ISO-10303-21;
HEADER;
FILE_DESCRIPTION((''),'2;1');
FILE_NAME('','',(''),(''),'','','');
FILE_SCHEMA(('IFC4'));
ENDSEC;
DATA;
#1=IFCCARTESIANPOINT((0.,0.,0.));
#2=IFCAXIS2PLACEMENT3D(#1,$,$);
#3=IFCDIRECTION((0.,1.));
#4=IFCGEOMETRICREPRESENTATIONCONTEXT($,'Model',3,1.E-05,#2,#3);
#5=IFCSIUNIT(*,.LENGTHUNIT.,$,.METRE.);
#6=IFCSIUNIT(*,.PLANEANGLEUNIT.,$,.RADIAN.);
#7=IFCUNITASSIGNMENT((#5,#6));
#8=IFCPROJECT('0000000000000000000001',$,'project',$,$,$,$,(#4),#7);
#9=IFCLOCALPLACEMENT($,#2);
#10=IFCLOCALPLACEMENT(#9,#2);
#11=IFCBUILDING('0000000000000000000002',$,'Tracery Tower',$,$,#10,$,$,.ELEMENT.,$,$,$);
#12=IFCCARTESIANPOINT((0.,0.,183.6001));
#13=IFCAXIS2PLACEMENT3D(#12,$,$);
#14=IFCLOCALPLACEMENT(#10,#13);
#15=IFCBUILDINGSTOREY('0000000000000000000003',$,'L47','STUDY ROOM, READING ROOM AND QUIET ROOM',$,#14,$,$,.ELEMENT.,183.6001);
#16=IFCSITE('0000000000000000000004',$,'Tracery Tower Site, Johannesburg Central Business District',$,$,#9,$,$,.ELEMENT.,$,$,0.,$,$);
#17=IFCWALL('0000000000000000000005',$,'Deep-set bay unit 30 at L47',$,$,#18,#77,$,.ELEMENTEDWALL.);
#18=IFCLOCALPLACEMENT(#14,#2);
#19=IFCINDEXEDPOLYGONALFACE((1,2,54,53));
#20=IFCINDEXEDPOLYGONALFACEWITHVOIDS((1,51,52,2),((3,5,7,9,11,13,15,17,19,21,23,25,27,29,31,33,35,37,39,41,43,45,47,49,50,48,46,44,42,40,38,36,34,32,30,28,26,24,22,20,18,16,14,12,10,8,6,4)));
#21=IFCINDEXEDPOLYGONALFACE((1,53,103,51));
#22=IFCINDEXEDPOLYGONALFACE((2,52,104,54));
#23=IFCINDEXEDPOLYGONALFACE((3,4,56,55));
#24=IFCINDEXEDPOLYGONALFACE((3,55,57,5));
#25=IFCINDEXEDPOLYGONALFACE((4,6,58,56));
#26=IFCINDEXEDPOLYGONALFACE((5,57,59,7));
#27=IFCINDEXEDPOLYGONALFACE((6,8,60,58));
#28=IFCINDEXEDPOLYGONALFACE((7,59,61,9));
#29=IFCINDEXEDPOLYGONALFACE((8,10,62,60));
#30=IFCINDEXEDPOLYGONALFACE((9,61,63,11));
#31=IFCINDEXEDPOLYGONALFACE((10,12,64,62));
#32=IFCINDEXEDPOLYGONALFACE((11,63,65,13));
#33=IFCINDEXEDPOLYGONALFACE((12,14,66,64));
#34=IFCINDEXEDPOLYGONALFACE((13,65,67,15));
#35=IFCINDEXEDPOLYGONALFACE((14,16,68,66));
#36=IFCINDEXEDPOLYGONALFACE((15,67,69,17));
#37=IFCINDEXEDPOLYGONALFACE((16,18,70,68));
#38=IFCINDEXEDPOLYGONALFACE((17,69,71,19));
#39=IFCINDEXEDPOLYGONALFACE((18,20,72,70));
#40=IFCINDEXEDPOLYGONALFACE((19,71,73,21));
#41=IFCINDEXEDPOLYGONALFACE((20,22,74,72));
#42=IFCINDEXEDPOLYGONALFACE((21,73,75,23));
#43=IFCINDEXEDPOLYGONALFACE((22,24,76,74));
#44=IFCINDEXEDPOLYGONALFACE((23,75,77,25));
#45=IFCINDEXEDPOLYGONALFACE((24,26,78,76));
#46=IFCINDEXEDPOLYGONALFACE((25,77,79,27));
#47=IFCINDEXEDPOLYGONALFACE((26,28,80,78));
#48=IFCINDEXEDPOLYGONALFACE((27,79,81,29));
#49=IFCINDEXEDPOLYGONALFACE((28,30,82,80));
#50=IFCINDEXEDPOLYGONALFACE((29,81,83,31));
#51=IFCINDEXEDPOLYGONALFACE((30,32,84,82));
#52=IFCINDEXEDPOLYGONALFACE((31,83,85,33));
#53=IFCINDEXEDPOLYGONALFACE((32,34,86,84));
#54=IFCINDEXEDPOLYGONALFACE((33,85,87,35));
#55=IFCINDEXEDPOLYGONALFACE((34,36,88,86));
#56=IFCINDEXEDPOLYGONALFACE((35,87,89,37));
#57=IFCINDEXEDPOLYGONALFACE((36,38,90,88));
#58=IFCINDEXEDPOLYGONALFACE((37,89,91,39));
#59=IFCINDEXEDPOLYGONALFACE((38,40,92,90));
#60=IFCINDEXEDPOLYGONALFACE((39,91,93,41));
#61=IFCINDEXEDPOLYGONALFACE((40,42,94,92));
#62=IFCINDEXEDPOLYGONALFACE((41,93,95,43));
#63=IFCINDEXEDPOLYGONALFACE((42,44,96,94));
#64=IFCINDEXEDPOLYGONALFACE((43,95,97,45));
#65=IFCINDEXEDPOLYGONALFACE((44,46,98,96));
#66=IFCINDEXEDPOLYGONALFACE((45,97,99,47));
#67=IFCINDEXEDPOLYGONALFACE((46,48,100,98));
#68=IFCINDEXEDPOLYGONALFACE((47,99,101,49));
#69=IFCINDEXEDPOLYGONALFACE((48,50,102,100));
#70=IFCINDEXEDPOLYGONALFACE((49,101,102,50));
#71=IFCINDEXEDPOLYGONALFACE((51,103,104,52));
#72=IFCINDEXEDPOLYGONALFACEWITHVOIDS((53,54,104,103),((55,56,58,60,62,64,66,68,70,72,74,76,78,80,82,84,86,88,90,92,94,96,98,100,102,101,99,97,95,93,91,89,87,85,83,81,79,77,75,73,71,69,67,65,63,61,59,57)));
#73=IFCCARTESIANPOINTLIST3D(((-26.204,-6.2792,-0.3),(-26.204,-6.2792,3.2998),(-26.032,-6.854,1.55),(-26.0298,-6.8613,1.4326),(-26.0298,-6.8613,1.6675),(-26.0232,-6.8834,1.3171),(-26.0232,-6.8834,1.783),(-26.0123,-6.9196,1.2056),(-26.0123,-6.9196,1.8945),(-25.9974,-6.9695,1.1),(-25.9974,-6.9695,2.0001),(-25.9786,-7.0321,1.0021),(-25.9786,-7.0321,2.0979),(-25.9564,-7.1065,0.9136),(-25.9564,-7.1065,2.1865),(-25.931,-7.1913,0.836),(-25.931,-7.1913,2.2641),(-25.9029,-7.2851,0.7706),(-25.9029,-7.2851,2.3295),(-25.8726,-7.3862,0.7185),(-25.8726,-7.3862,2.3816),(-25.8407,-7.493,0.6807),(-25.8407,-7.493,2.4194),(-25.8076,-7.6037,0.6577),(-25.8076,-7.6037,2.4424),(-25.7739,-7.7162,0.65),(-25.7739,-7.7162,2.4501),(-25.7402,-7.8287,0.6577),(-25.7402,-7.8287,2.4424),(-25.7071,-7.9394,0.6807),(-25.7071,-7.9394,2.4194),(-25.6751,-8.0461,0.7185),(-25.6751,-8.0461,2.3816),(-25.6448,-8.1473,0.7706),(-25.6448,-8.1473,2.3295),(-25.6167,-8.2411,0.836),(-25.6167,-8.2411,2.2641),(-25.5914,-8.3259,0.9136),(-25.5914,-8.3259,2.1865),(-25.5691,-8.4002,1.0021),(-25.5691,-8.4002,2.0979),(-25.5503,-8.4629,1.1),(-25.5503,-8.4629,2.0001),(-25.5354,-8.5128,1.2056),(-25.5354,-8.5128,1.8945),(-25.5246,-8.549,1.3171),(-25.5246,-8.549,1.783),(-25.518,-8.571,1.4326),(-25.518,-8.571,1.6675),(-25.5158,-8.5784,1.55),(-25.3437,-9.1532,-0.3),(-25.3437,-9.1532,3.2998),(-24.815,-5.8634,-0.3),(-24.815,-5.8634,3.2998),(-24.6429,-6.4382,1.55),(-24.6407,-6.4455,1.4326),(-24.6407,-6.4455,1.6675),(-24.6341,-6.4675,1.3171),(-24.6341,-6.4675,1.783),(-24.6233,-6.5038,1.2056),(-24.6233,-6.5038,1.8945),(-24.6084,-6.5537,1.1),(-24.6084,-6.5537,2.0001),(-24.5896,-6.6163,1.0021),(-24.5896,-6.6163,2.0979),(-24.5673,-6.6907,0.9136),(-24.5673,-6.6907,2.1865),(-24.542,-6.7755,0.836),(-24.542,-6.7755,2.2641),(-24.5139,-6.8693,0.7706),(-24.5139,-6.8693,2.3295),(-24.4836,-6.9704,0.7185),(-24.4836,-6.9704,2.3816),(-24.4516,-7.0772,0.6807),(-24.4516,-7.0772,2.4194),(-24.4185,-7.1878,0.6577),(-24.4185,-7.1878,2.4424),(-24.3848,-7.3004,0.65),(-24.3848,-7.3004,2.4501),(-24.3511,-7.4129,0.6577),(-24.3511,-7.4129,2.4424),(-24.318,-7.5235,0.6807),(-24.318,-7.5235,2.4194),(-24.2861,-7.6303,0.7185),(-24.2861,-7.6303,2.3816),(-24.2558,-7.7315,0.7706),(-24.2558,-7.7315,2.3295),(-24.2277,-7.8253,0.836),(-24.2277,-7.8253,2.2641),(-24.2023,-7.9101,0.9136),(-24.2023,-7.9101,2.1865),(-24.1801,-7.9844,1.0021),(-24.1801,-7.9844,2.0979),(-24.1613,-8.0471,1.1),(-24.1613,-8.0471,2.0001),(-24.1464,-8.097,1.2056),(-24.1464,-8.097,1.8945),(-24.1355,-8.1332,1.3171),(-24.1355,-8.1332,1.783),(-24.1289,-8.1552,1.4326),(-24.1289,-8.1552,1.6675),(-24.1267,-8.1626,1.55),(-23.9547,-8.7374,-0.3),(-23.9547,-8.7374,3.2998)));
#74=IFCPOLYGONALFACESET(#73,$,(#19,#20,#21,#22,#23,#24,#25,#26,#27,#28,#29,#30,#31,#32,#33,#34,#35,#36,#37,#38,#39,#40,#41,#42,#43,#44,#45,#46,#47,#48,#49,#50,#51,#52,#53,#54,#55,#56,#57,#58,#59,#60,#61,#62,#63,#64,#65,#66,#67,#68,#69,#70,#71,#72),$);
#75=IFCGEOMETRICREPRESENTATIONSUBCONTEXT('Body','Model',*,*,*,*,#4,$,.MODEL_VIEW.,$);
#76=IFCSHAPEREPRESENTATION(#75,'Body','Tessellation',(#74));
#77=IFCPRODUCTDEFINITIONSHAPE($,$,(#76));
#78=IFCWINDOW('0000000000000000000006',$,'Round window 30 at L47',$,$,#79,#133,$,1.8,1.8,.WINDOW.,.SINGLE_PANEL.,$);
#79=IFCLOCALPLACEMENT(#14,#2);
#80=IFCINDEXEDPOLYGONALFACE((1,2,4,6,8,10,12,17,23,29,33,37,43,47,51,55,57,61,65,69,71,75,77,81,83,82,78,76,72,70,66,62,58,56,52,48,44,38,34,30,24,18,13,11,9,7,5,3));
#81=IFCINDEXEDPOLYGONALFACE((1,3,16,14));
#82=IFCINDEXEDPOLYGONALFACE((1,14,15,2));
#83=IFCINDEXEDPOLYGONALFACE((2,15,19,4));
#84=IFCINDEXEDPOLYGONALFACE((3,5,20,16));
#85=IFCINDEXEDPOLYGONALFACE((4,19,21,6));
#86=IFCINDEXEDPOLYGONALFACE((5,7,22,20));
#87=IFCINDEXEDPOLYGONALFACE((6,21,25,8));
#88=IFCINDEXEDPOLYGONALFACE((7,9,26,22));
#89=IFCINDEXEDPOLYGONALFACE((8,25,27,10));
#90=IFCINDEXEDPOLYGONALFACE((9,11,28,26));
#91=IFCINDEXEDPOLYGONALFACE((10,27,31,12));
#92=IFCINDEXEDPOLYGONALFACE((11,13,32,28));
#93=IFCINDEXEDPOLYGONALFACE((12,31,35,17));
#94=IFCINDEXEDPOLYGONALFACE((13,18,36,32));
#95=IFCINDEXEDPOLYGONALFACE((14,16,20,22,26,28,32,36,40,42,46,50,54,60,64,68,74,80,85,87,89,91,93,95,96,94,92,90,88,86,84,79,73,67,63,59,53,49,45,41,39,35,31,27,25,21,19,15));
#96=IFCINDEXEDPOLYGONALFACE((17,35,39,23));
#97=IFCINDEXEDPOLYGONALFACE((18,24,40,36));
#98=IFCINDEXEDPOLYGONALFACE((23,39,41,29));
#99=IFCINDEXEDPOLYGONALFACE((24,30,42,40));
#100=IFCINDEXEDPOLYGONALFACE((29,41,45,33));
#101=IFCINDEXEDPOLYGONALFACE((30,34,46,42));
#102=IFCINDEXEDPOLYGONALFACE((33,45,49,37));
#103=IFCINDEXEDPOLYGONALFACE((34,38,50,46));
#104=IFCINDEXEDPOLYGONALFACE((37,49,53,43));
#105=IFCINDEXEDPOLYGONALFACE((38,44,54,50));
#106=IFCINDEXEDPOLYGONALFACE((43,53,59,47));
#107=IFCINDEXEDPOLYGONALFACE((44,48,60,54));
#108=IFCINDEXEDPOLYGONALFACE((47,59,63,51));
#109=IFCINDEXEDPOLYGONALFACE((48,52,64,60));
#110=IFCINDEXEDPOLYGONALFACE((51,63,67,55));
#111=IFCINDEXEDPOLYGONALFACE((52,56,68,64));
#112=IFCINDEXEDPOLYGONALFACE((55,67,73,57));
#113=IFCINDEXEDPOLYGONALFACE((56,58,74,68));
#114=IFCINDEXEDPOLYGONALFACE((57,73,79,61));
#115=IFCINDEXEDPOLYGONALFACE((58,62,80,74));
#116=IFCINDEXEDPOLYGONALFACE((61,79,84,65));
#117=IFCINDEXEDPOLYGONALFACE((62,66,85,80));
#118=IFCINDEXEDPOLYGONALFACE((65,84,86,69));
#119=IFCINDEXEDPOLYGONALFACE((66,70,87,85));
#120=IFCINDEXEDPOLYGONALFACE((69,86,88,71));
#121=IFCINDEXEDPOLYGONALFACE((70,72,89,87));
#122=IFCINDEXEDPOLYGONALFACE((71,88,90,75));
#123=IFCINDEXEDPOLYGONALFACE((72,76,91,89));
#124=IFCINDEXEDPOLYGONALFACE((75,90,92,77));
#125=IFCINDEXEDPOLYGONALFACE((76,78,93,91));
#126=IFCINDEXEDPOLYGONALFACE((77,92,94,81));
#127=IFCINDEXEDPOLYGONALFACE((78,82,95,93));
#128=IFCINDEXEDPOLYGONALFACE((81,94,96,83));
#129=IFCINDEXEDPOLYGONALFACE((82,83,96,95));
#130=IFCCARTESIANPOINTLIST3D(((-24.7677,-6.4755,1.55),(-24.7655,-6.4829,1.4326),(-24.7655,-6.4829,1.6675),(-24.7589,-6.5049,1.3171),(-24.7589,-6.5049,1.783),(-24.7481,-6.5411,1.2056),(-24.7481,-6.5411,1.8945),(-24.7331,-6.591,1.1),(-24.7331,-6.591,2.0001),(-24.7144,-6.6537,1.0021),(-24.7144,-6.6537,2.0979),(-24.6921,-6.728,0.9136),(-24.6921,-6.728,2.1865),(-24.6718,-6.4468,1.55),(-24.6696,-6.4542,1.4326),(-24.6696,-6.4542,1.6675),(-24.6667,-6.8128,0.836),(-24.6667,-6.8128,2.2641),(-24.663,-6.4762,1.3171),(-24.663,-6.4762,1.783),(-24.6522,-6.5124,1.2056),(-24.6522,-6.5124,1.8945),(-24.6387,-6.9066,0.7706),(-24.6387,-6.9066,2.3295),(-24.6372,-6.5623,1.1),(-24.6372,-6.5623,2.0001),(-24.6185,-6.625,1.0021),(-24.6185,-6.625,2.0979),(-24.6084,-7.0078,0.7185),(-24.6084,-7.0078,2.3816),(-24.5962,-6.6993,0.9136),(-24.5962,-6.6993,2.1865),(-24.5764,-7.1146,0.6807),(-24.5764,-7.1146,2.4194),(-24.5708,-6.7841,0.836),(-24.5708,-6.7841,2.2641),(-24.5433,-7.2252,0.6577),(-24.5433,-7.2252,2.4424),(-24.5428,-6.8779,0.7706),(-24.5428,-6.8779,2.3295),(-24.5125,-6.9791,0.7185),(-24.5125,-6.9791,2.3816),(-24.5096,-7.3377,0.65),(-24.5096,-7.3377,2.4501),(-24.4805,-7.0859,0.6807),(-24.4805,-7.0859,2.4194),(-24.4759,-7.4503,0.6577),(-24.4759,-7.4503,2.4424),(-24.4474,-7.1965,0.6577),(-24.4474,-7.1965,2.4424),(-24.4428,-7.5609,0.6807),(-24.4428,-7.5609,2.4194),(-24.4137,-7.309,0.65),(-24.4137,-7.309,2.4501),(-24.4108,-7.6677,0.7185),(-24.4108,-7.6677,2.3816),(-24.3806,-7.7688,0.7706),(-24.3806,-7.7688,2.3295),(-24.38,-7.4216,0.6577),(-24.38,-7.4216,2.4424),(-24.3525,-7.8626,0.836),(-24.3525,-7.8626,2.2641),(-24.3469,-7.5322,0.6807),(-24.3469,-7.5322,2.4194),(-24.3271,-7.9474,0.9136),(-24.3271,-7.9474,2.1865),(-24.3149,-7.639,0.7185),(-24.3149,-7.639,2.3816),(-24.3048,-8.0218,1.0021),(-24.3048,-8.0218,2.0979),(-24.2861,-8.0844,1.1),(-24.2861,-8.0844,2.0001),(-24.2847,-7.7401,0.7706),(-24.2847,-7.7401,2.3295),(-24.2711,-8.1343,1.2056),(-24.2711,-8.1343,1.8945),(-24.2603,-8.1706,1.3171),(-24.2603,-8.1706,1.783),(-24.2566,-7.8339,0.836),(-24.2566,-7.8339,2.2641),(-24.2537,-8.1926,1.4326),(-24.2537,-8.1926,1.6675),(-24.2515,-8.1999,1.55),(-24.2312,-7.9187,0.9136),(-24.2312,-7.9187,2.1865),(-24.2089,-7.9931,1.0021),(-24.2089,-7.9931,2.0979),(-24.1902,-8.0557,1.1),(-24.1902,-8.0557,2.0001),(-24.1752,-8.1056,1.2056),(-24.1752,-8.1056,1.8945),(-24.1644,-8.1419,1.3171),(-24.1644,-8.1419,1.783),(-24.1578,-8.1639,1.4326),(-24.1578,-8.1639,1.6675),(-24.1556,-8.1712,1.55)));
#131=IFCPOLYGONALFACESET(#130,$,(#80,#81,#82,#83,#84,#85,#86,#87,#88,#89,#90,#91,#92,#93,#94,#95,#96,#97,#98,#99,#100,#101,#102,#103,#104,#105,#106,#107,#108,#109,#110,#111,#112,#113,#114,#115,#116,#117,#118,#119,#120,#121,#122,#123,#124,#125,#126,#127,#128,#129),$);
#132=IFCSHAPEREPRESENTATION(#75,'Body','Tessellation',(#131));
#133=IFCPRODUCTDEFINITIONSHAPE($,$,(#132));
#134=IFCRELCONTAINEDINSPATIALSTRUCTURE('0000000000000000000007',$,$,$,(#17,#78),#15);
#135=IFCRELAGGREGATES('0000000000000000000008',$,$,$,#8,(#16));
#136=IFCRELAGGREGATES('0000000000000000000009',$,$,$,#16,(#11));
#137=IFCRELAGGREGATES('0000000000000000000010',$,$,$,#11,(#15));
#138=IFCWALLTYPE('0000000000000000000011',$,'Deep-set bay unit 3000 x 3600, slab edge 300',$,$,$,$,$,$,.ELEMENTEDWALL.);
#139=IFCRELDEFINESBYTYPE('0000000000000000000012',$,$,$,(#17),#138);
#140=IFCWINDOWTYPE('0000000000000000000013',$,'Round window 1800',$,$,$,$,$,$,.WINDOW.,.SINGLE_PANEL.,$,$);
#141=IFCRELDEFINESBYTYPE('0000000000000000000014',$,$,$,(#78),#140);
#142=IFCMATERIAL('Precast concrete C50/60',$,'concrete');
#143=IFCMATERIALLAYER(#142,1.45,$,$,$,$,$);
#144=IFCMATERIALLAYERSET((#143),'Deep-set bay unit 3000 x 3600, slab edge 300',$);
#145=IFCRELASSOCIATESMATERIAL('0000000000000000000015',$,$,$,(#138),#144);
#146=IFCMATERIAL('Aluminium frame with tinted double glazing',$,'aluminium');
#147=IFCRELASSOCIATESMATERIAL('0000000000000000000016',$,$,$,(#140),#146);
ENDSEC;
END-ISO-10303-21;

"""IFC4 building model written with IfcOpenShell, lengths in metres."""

from ifc_helpers import new_model, si_unit, direction, frame, frame_2d, origin, origin_2d, place, context, subcontext, project, spatial, rectangle, circle, extrude, material, layer, layer_set, type_object, element, fill, save


model = new_model("IFC4")

# Units and contexts
model_context = context("Model", 3, precision=1e-05, world=origin(), true_north=direction((0.0, 1.0)))
body_context = subcontext(model_context, "Body", "Model", "MODEL_VIEW")
ifc_project = project(units=[si_unit("LENGTHUNIT", "METRE"), si_unit("PLANEANGLEUNIT", "RADIAN")], contexts=[model_context])

# Site, building, storey
site_placement = place(None, origin())
site = spatial("IfcSite", under=ifc_project, at=site_placement, Name="Tracery Tower Site, Johannesburg Central Business District", CompositionType="ELEMENT", RefElevation=0.0)
building_placement = place(site_placement, origin())
building = spatial("IfcBuilding", under=site, at=building_placement, Name="Tracery Tower", CompositionType="ELEMENT")
storey_placement = place(building_placement, frame((0.0, 0.0, 183.6001)))
storey = spatial("IfcBuildingStorey", under=building, at=storey_placement, Name="L47", Description="STUDY ROOM, READING ROOM AND QUIET ROOM", CompositionType="ELEMENT", Elevation=183.6001)

# Wall, opening, window
ifc_material_1 = material(Name="Precast concrete C50/60", Category="concrete")
ifc_layer_1 = layer(ifc_material_1, 1.45)
ifc_layer_set_1 = layer_set([ifc_layer_1], Name="Deep-set bay unit 3000 x 3600, slab edge 300")
wall_type_1 = type_object("IfcWallType", Name="Deep-set bay unit 3000 x 3600, slab edge 300", PredefinedType="ELEMENTEDWALL", material=ifc_layer_set_1)
wall_1_placement = place(storey_placement, frame((-25.5095, -6.0713, -0.3), z_axis=(0.0, 0.0, 1.0), x_axis=(0.28678, -0.957996, 0.0)))
wall_1 = element("IfcWall", 1, at=wall_1_placement, inside=storey, type_object=wall_type_1, Name="Deep-set bay unit 30 at L47", PredefinedType="ELEMENTEDWALL", context=body_context, shape_type="SweptSolid", body=[
    extrude(rectangle(XDim=3.0, YDim=1.45, at=frame_2d((1.5, 0.0))), origin(), (0.0, 0.0, 1.0), 3.5999),
])
opening_1_placement = place(wall_1_placement, frame((1.5, 0.0, 1.8501)))
opening_1 = element("IfcOpeningElement", 2, at=opening_1_placement, cuts=wall_1, PredefinedType="OPENING", context=body_context, shape_type="SweptSolid", body=[
    extrude(circle(Radius=0.9, at=origin_2d()), frame((0.0, 0.7349, 0.0), z_axis=(0.0, -1.0, 0.0), x_axis=(1.0, 0.0, 0.0)), (0.0, 0.0, 1.0), 1.47),
])
ifc_material_2 = material(Name="Aluminium frame with tinted double glazing", Category="aluminium")
window_type = type_object("IfcWindowType", Name="Round window 1800", PartitioningType="SINGLE_PANEL", PredefinedType="WINDOW", material=ifc_material_2)
window_1_placement = place(opening_1_placement, origin())
window_1 = element("IfcWindow", 3, at=window_1_placement, inside=storey, type_object=window_type, Name="Round window 30 at L47", OverallHeight=1.8, OverallWidth=1.8, PartitioningType="SINGLE_PANEL", PredefinedType="WINDOW", context=body_context, shape_type="SweptSolid", body=[
    extrude(circle(Radius=0.9, at=origin_2d()), frame((0.0, 0.6948, 0.0), z_axis=(0.0, -1.0, 0.0), x_axis=(1.0, 0.0, 0.0)), (0.0, 0.0, 1.0), 0.1001),
])
fill(opening_1, window_1)

save(model, "model.ifc")
